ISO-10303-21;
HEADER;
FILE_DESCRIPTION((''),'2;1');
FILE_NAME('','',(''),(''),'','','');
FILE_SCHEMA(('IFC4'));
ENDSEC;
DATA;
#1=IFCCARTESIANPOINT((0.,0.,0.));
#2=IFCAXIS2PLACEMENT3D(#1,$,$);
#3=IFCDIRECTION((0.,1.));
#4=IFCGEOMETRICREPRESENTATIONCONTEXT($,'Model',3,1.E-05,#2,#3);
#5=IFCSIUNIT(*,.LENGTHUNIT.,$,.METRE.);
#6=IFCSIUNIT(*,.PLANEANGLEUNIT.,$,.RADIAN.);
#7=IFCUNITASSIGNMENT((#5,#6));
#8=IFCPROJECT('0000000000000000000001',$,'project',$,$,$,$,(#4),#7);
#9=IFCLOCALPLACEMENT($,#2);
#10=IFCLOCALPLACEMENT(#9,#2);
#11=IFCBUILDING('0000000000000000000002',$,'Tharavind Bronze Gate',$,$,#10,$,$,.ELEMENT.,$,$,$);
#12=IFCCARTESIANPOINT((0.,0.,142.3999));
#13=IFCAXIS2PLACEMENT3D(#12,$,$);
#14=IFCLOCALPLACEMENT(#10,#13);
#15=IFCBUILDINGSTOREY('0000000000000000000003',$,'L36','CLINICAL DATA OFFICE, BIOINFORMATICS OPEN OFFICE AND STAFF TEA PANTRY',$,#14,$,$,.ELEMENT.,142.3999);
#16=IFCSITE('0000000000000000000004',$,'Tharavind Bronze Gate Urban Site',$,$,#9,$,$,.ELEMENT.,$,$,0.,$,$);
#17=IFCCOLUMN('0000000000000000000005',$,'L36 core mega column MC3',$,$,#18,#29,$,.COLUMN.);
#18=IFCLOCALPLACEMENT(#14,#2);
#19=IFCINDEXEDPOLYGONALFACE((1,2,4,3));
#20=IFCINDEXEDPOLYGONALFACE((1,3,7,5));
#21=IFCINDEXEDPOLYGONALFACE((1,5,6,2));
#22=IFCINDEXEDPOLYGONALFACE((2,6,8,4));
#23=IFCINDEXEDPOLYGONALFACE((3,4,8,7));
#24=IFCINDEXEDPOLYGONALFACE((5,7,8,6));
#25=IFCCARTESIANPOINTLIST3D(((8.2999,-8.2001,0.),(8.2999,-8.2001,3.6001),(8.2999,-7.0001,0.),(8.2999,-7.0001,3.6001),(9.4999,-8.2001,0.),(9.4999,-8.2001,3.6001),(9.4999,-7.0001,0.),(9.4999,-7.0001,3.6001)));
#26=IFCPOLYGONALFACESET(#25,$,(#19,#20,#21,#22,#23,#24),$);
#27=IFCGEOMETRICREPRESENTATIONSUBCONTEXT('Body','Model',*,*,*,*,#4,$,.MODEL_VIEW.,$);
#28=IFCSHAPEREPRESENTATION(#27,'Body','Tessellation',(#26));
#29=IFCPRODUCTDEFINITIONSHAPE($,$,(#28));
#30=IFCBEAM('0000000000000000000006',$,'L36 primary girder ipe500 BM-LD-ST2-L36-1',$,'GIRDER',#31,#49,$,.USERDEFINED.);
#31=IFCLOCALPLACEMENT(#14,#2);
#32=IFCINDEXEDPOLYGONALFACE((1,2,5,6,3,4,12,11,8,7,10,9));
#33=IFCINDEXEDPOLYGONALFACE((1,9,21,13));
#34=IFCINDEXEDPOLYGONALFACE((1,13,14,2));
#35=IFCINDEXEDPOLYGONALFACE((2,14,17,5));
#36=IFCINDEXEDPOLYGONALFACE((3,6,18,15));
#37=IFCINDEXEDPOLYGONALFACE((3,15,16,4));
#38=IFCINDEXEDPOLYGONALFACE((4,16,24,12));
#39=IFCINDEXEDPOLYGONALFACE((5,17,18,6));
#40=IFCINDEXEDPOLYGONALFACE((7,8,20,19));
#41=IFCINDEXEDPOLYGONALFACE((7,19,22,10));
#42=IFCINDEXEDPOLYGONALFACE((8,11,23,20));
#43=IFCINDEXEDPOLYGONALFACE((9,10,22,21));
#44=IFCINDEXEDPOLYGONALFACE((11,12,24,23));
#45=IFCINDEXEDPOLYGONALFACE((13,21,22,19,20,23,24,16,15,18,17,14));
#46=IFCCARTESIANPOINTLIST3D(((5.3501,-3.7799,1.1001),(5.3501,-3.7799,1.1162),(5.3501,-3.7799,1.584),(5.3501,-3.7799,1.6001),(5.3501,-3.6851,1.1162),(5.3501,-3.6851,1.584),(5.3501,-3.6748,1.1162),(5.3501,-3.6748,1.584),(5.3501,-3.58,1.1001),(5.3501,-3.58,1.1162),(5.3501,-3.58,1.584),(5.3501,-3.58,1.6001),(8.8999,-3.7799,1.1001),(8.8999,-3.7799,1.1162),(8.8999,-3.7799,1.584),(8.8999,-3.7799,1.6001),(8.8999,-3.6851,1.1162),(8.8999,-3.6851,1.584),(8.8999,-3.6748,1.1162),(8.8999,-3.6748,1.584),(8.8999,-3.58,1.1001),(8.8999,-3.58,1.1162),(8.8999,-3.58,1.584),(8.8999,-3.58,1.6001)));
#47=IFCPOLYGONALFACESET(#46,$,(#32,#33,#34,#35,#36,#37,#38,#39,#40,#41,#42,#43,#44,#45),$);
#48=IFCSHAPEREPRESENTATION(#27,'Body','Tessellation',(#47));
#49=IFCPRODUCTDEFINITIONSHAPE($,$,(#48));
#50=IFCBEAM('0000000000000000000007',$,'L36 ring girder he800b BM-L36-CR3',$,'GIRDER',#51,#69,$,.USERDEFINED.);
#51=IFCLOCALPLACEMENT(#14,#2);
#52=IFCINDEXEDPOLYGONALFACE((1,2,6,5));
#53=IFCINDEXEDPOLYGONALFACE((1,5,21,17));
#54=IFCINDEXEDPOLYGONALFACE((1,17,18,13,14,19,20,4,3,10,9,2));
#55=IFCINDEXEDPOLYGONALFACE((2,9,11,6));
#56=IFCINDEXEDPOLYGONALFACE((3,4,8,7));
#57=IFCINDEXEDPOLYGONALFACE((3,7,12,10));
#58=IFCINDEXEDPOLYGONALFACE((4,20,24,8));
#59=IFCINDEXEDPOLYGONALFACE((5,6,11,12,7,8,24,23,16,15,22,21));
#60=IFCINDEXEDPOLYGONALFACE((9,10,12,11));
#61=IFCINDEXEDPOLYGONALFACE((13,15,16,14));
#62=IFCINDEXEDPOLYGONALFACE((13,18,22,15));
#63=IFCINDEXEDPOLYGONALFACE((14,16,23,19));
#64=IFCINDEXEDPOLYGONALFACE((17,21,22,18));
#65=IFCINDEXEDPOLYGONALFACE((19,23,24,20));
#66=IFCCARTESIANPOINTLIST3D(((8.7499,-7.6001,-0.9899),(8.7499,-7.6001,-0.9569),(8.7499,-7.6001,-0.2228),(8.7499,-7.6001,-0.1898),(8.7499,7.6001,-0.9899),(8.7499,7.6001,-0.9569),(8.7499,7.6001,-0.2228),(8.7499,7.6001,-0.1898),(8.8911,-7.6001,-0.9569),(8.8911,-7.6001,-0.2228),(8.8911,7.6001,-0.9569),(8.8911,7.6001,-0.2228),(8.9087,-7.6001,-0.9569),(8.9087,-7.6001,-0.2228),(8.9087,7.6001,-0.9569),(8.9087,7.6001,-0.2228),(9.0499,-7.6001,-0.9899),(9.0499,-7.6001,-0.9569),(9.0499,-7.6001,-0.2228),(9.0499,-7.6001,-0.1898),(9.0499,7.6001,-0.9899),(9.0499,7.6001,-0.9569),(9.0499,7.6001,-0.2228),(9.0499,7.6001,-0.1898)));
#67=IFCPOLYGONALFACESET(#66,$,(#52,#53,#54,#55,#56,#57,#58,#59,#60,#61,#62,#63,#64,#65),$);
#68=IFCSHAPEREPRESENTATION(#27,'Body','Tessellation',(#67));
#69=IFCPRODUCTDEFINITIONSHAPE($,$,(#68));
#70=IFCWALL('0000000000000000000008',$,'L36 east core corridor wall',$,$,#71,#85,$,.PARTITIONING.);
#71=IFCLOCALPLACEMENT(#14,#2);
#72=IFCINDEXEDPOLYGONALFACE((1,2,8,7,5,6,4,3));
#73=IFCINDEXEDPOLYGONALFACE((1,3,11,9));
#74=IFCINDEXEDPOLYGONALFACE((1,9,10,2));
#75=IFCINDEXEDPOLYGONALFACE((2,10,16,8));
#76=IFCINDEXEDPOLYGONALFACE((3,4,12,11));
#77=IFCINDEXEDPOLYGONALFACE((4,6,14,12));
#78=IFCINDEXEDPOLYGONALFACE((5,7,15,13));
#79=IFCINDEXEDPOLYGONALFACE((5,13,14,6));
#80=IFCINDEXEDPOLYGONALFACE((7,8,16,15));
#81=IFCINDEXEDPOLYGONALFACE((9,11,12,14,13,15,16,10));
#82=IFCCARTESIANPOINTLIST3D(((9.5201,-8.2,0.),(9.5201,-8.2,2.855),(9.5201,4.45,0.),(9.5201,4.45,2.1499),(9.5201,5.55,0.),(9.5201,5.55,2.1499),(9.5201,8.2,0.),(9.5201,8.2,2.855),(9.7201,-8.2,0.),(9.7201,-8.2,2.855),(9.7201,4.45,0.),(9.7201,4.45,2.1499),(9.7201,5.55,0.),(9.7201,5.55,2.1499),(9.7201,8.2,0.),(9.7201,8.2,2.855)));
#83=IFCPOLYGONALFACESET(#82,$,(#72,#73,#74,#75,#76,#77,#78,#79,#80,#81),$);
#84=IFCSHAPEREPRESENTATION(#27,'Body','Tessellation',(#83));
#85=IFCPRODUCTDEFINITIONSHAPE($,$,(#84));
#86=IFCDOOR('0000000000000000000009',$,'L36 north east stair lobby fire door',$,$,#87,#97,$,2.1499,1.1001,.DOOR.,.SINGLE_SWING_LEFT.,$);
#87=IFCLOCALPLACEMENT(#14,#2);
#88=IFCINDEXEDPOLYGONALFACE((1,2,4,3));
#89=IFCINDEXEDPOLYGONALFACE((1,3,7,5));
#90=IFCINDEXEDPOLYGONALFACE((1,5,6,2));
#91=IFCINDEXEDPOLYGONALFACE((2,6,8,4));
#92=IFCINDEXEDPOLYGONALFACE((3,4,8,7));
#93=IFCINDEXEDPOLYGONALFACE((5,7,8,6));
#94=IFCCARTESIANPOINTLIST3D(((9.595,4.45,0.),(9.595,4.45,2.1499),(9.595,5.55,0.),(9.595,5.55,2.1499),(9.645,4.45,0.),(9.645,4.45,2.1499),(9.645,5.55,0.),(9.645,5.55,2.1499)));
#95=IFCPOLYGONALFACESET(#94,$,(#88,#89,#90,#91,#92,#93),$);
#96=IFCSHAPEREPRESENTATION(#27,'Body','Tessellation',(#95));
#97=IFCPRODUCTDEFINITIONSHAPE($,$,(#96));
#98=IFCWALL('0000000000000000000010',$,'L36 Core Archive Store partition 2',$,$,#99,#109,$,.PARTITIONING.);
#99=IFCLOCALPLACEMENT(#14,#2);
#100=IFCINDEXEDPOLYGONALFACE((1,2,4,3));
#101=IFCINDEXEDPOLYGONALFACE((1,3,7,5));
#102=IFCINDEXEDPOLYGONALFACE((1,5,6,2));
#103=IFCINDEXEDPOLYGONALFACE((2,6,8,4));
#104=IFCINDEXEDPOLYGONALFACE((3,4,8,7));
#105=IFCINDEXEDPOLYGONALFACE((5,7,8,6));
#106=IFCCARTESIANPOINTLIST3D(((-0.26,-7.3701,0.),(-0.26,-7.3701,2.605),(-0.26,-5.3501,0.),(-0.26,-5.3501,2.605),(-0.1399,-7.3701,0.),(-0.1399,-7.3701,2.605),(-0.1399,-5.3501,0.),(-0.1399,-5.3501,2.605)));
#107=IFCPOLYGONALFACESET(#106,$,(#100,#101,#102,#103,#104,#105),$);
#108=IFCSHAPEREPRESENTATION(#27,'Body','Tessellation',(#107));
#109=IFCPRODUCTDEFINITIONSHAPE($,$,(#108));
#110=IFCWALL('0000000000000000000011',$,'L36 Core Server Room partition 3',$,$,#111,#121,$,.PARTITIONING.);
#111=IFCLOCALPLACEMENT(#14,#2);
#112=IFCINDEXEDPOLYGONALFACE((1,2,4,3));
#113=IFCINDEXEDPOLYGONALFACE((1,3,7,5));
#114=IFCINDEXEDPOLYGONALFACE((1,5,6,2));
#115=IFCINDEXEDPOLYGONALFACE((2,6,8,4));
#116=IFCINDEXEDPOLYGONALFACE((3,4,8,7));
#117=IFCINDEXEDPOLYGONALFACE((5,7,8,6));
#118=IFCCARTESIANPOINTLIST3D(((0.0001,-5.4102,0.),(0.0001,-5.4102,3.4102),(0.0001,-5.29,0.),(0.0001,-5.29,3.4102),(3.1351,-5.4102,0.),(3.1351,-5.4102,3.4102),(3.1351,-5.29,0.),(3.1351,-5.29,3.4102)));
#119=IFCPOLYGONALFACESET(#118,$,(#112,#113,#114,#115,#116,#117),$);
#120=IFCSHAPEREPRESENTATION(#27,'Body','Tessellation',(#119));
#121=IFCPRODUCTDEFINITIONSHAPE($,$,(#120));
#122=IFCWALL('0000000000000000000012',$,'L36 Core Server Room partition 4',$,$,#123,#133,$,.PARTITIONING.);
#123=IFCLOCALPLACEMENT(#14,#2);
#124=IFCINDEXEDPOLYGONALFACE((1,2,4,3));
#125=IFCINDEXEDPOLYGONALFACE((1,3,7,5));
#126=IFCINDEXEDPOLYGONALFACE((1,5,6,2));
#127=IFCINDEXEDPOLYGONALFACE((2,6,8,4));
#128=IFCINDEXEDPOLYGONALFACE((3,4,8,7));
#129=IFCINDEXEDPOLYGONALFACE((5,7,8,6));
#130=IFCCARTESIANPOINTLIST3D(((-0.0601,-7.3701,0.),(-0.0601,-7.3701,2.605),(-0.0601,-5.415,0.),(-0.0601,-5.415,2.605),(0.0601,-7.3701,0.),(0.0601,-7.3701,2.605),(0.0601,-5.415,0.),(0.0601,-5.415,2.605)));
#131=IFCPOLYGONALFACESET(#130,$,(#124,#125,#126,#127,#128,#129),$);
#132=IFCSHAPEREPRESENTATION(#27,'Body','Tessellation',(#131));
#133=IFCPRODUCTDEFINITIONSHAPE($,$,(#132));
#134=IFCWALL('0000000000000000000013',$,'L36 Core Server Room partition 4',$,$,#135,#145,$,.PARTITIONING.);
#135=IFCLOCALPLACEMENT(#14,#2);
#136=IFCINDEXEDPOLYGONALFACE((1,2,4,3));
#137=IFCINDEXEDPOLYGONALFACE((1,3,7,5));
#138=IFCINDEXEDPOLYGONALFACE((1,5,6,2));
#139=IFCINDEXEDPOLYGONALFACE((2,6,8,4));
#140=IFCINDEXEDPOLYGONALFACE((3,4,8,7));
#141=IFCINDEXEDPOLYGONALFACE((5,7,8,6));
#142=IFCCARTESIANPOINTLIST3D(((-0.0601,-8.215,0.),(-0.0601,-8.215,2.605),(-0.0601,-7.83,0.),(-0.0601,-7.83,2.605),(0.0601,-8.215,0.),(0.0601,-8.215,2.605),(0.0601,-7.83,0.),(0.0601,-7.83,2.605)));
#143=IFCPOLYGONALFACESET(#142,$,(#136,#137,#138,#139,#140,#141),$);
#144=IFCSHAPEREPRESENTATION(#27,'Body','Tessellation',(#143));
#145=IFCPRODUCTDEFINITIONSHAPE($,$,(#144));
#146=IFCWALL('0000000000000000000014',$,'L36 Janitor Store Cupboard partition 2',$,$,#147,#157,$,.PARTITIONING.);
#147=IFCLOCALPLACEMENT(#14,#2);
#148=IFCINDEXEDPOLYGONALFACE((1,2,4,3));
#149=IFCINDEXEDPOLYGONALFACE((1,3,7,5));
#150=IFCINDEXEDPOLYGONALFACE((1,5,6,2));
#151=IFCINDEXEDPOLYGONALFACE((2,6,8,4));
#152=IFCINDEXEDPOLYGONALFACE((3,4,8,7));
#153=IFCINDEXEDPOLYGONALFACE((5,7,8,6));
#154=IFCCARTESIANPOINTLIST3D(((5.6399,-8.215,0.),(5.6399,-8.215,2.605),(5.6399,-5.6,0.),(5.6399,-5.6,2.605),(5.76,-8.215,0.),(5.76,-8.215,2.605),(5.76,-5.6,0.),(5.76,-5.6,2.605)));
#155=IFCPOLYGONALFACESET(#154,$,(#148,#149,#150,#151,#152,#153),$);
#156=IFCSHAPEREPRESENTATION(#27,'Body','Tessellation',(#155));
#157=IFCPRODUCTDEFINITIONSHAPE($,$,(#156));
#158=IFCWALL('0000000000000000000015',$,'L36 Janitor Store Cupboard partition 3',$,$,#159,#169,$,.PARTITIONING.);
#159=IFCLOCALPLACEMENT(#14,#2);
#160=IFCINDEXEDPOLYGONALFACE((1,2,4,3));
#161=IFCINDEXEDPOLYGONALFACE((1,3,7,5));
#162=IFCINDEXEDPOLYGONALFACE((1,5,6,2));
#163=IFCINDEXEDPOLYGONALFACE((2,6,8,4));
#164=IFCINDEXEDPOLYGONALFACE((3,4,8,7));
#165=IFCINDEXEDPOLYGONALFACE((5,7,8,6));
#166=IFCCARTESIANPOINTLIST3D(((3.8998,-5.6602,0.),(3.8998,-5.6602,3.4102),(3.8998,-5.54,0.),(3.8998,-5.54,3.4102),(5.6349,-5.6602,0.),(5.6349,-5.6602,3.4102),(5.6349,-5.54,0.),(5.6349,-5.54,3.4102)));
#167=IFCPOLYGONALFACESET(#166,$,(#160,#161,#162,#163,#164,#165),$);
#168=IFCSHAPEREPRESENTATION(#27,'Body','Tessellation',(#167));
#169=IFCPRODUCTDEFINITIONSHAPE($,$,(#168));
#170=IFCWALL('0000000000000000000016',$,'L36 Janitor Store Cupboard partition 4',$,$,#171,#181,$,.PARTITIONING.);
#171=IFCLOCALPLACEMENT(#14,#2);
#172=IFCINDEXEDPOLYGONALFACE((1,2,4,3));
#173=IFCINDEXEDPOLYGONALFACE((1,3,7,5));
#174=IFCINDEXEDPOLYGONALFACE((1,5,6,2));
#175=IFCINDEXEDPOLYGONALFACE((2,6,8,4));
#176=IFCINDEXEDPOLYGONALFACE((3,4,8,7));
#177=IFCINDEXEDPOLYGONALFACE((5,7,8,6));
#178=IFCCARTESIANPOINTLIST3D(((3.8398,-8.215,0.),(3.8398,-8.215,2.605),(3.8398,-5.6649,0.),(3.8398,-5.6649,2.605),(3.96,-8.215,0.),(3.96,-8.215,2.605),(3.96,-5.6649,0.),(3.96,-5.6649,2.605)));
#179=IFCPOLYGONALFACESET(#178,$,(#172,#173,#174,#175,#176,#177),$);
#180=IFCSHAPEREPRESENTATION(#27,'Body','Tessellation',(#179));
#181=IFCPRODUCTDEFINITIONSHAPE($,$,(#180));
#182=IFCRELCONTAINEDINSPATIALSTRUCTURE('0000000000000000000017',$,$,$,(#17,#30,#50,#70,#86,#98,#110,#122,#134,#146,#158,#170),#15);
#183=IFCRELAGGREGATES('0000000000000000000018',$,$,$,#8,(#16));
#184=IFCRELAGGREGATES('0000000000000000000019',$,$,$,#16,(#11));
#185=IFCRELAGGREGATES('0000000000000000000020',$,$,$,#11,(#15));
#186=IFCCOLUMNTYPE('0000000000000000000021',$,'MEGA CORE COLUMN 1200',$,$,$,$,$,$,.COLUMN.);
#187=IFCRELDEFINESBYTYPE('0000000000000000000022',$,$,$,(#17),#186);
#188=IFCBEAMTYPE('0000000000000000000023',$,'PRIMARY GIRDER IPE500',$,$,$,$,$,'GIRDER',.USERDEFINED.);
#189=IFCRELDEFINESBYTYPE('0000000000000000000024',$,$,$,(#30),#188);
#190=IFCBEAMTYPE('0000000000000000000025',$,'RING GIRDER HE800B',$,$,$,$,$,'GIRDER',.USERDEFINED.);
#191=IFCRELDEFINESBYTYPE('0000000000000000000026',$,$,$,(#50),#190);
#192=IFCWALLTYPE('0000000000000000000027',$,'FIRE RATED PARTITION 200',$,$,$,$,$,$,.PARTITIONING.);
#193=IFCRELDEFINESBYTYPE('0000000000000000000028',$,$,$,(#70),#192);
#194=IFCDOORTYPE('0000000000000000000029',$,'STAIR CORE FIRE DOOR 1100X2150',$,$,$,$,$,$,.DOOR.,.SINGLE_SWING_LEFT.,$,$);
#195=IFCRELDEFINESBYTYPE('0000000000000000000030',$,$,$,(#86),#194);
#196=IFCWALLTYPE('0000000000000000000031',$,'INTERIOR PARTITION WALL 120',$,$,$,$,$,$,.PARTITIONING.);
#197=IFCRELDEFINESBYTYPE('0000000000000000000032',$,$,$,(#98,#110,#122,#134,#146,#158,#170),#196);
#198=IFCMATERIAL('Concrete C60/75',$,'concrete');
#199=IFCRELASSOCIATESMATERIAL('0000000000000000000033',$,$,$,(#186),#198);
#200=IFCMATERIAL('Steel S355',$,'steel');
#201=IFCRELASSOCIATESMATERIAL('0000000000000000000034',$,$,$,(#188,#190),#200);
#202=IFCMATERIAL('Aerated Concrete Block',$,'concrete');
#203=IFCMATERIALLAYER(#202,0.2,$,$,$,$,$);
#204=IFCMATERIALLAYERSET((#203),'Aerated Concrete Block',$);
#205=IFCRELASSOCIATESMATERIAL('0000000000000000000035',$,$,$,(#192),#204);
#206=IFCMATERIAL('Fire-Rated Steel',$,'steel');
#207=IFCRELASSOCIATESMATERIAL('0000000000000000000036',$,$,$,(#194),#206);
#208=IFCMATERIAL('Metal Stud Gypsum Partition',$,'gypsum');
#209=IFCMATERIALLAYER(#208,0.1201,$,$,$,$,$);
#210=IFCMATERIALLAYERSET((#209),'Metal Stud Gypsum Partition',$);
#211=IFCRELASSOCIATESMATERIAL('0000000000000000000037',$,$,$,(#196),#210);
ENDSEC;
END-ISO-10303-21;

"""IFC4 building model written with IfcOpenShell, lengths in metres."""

from ifc_helpers import new_model, si_unit, direction, frame, frame_2d, origin, origin_2d, place, context, subcontext, project, spatial, rectangle, i_section, extrude, material, layer, layer_set, material_profile, profile_set, type_object, element, fill, save


model = new_model("IFC4")

# Units and contexts
model_context = context("Model", 3, precision=1e-05, world=origin(), true_north=direction((0.0, 1.0)))
body_context = subcontext(model_context, "Body", "Model", "MODEL_VIEW")
ifc_project = project(units=[si_unit("LENGTHUNIT", "METRE"), si_unit("PLANEANGLEUNIT", "RADIAN")], contexts=[model_context])

# Site, building, storey
site_placement = place(None, origin())
site = spatial("IfcSite", under=ifc_project, at=site_placement, Name="Tharavind Bronze Gate Urban Site", CompositionType="ELEMENT", RefElevation=0.0)
building_placement = place(site_placement, origin())
building = spatial("IfcBuilding", under=site, at=building_placement, Name="Tharavind Bronze Gate", CompositionType="ELEMENT")
storey_placement = place(building_placement, frame((0.0, 0.0, 142.3999)))
storey = spatial("IfcBuildingStorey", under=building, at=storey_placement, Name="L36", Description="CLINICAL DATA OFFICE, BIOINFORMATICS OPEN OFFICE AND STAFF TEA PANTRY", CompositionType="ELEMENT", Elevation=142.3999)

# Column
ifc_material_1 = material(Name="Concrete C60/75", Category="concrete")
ifc_material_profile_1 = material_profile(ifc_material_1, rectangle(XDim=1.2, YDim=1.2, at=origin_2d()), Name="RCCOL1200")
ifc_profile_set_1 = profile_set([ifc_material_profile_1], Name="Concrete C60/75")
column_type = type_object("IfcColumnType", Name="MEGA CORE COLUMN 1200", PredefinedType="COLUMN", material=ifc_profile_set_1)
column_placement = place(storey_placement, frame((8.8999, -7.6001, 0.0), z_axis=(0.0, 0.0, 1.0), x_axis=(1.0, 0.0, 0.0)))
element("IfcColumn", 1, at=column_placement, inside=storey, type_object=column_type, Name="L36 core mega column MC3", PredefinedType="COLUMN", context=body_context, shape_type="SweptSolid", body=[
    extrude(rectangle(XDim=1.2, YDim=1.2, at=origin_2d()), origin(), (0.0, 0.0, 1.0), 3.6001),
])

# Beams
ifc_material_2 = material(Name="Steel S355", Category="steel")
ifc_material_profile_2 = material_profile(ifc_material_2, i_section(OverallWidth=0.2, OverallDepth=0.5, WebThickness=0.0103, FlangeThickness=0.0161, at=origin_2d()), Name="IPE500")
ifc_profile_set_2 = profile_set([ifc_material_profile_2], Name="Steel S355")
beam_type_1 = type_object("IfcBeamType", Name="PRIMARY GIRDER IPE500", ElementType="GIRDER", PredefinedType="USERDEFINED", material=ifc_profile_set_2)
beam_1_placement = place(storey_placement, frame((5.3501, -3.6799, 1.3501), z_axis=(1.0, 0.0, 0.0), x_axis=(0.0, 1.0, 0.0)))
element("IfcBeam", 2, at=beam_1_placement, inside=storey, type_object=beam_type_1, Name="L36 primary girder ipe500 BM-LD-ST2-L36-1", ObjectType="GIRDER", PredefinedType="USERDEFINED", context=body_context, shape_type="SweptSolid", body=[
    extrude(i_section(OverallWidth=0.2, OverallDepth=0.5, WebThickness=0.0103, FlangeThickness=0.0161, at=origin_2d()), origin(), (0.0, 0.0, 1.0), 3.5498),
])
ifc_material_profile_3 = material_profile(ifc_material_2, i_section(OverallWidth=0.3, OverallDepth=0.8, WebThickness=0.0176, FlangeThickness=0.033, at=origin_2d()), Name="HE800B")
ifc_profile_set_3 = profile_set([ifc_material_profile_3], Name="Steel S355")
beam_type_2 = type_object("IfcBeamType", Name="RING GIRDER HE800B", ElementType="GIRDER", PredefinedType="USERDEFINED", material=ifc_profile_set_3)
beam_2_placement = place(storey_placement, frame((8.8999, -7.6001, -0.5898), z_axis=(0.0, 1.0, 0.0), x_axis=(-1.0, 0.0, 0.0)))
element("IfcBeam", 3, at=beam_2_placement, inside=storey, type_object=beam_type_2, Name="L36 ring girder he800b BM-L36-CR3", ObjectType="GIRDER", PredefinedType="USERDEFINED", context=body_context, shape_type="SweptSolid", body=[
    extrude(i_section(OverallWidth=0.3, OverallDepth=0.8, WebThickness=0.0176, FlangeThickness=0.033, at=origin_2d()), origin(), (0.0, 0.0, 1.0), 15.2002),
])

# Wall, opening, door
ifc_material_3 = material(Name="Aerated Concrete Block", Category="concrete")
ifc_layer_1 = layer(ifc_material_3, 0.2)
ifc_layer_set_1 = layer_set([ifc_layer_1], Name="Aerated Concrete Block")
wall_type_1 = type_object("IfcWallType", Name="FIRE RATED PARTITION 200", PredefinedType="PARTITIONING", material=ifc_layer_set_1)
wall_1_placement = place(storey_placement, frame((9.6201, -8.2, 0.0), z_axis=(0.0, 0.0, 1.0), x_axis=(0.0, 1.0, 0.0)))
wall_1 = element("IfcWall", 4, at=wall_1_placement, inside=storey, type_object=wall_type_1, Name="L36 east core corridor wall", PredefinedType="PARTITIONING", context=body_context, shape_type="SweptSolid", body=[
    extrude(rectangle(XDim=16.3999, YDim=0.2, at=frame_2d((8.2, 0.0))), origin(), (0.0, 0.0, 1.0), 2.855),
])
opening_1_placement = place(wall_1_placement, frame((12.6499, 0.0, 0.0)))
opening_1 = element("IfcOpeningElement", 5, at=opening_1_placement, cuts=wall_1, PredefinedType="OPENING", context=body_context, shape_type="SweptSolid", body=[
    extrude(rectangle(XDim=1.1001, YDim=2.1499, at=frame_2d((0.55, 1.075))), frame((0.0, 0.1101, 0.0), z_axis=(0.0, -1.0, 0.0), x_axis=(1.0, 0.0, 0.0)), (0.0, 0.0, 1.0), 0.22),
])
ifc_material_4 = material(Name="Fire-Rated Steel", Category="steel")
door_type_1 = type_object("IfcDoorType", Name="STAIR CORE FIRE DOOR 1100X2150", OperationType="SINGLE_SWING_LEFT", PredefinedType="DOOR", material=ifc_material_4)
door_1_placement = place(opening_1_placement, frame((1.1001, 0.0, 0.0), z_axis=(0.0, 0.0, 1.0), x_axis=(-1.0, 0.0, 0.0)))
door_1 = element("IfcDoor", 6, at=door_1_placement, inside=storey, type_object=door_type_1, Name="L36 north east stair lobby fire door", OperationType="SINGLE_SWING_LEFT", OverallHeight=2.1499, OverallWidth=1.1001, PredefinedType="DOOR", context=body_context, shape_type="SweptSolid", body=[
    extrude(rectangle(XDim=1.1001, YDim=2.1499, at=frame_2d((0.55, 1.075))), frame((0.0, 0.0249, 0.0), z_axis=(0.0, -1.0, 0.0), x_axis=(1.0, 0.0, 0.0)), (0.0, 0.0, 1.0), 0.05),
])
fill(opening_1, door_1)

# Walls
ifc_material_5 = material(Name="Metal Stud Gypsum Partition", Category="gypsum")
ifc_layer_2 = layer(ifc_material_5, 0.1201)
ifc_layer_set_2 = layer_set([ifc_layer_2], Name="Metal Stud Gypsum Partition")
wall_type_2 = type_object("IfcWallType", Name="INTERIOR PARTITION WALL 120", PredefinedType="PARTITIONING", material=ifc_layer_set_2)
wall_2_placement = place(storey_placement, frame((-0.2, -7.3701, 0.0), z_axis=(0.0, 0.0, 1.0), x_axis=(0.0, 1.0, 0.0)))
element("IfcWall", 7, at=wall_2_placement, inside=storey, type_object=wall_type_2, Name="L36 Core Archive Store partition 2", PredefinedType="PARTITIONING", context=body_context, shape_type="SweptSolid", body=[
    extrude(rectangle(XDim=2.02, YDim=0.1201, at=frame_2d((1.01, 0.0))), origin(), (0.0, 0.0, 1.0), 2.605),
])
wall_3_placement = place(storey_placement, frame((3.135, -5.3501, 0.0), z_axis=(0.0, 0.0, 1.0), x_axis=(-1.0, 0.0, 0.0)))
element("IfcWall", 8, at=wall_3_placement, inside=storey, type_object=wall_type_2, Name="L36 Core Server Room partition 3", PredefinedType="PARTITIONING", context=body_context, shape_type="SweptSolid", body=[
    extrude(rectangle(XDim=3.135, YDim=0.1201, at=frame_2d((1.5674, 0.0))), origin(), (0.0, 0.0, 1.0), 3.4102),
])
wall_4_placement = place(storey_placement, frame((0.0, -5.415, 0.0), z_axis=(0.0, 0.0, 1.0), x_axis=(0.0, -1.0, 0.0)))
element("IfcWall", 9, at=wall_4_placement, inside=storey, type_object=wall_type_2, Name="L36 Core Server Room partition 4", PredefinedType="PARTITIONING", context=body_context, shape_type="SweptSolid", body=[
    extrude(rectangle(XDim=1.9551, YDim=0.1201, at=frame_2d((0.9775, 0.0))), origin(), (0.0, 0.0, 1.0), 2.605),
])
wall_5_placement = place(storey_placement, frame((0.0, -7.8301, 0.0), z_axis=(0.0, 0.0, 1.0), x_axis=(0.0, -1.0, 0.0)))
element("IfcWall", 10, at=wall_5_placement, inside=storey, type_object=wall_type_2, Name="L36 Core Server Room partition 4", PredefinedType="PARTITIONING", context=body_context, shape_type="SweptSolid", body=[
    extrude(rectangle(XDim=0.385, YDim=0.1201, at=frame_2d((0.1924, 0.0))), origin(), (0.0, 0.0, 1.0), 2.605),
])
wall_6_placement = place(storey_placement, frame((5.7, -8.2151, 0.0), z_axis=(0.0, 0.0, 1.0), x_axis=(0.0, 1.0, 0.0)))
element("IfcWall", 11, at=wall_6_placement, inside=storey, type_object=wall_type_2, Name="L36 Janitor Store Cupboard partition 2", PredefinedType="PARTITIONING", context=body_context, shape_type="SweptSolid", body=[
    extrude(rectangle(XDim=2.615, YDim=0.1201, at=frame_2d((1.3076, 0.0))), origin(), (0.0, 0.0, 1.0), 2.605),
])
wall_7_placement = place(storey_placement, frame((5.635, -5.6001, 0.0), z_axis=(0.0, 0.0, 1.0), x_axis=(-1.0, 0.0, 0.0)))
element("IfcWall", 12, at=wall_7_placement, inside=storey, type_object=wall_type_2, Name="L36 Janitor Store Cupboard partition 3", PredefinedType="PARTITIONING", context=body_context, shape_type="SweptSolid", body=[
    extrude(rectangle(XDim=1.7351, YDim=0.1201, at=frame_2d((0.8677, 0.0))), origin(), (0.0, 0.0, 1.0), 3.4102),
])
wall_8_placement = place(storey_placement, frame((3.8999, -5.665, 0.0), z_axis=(0.0, 0.0, 1.0), x_axis=(0.0, -1.0, 0.0)))
element("IfcWall", 13, at=wall_8_placement, inside=storey, type_object=wall_type_2, Name="L36 Janitor Store Cupboard partition 4", PredefinedType="PARTITIONING", context=body_context, shape_type="SweptSolid", body=[
    extrude(rectangle(XDim=2.55, YDim=0.1201, at=frame_2d((1.2749, 0.0))), origin(), (0.0, 0.0, 1.0), 2.605),
])

save(model, "model.ifc")
